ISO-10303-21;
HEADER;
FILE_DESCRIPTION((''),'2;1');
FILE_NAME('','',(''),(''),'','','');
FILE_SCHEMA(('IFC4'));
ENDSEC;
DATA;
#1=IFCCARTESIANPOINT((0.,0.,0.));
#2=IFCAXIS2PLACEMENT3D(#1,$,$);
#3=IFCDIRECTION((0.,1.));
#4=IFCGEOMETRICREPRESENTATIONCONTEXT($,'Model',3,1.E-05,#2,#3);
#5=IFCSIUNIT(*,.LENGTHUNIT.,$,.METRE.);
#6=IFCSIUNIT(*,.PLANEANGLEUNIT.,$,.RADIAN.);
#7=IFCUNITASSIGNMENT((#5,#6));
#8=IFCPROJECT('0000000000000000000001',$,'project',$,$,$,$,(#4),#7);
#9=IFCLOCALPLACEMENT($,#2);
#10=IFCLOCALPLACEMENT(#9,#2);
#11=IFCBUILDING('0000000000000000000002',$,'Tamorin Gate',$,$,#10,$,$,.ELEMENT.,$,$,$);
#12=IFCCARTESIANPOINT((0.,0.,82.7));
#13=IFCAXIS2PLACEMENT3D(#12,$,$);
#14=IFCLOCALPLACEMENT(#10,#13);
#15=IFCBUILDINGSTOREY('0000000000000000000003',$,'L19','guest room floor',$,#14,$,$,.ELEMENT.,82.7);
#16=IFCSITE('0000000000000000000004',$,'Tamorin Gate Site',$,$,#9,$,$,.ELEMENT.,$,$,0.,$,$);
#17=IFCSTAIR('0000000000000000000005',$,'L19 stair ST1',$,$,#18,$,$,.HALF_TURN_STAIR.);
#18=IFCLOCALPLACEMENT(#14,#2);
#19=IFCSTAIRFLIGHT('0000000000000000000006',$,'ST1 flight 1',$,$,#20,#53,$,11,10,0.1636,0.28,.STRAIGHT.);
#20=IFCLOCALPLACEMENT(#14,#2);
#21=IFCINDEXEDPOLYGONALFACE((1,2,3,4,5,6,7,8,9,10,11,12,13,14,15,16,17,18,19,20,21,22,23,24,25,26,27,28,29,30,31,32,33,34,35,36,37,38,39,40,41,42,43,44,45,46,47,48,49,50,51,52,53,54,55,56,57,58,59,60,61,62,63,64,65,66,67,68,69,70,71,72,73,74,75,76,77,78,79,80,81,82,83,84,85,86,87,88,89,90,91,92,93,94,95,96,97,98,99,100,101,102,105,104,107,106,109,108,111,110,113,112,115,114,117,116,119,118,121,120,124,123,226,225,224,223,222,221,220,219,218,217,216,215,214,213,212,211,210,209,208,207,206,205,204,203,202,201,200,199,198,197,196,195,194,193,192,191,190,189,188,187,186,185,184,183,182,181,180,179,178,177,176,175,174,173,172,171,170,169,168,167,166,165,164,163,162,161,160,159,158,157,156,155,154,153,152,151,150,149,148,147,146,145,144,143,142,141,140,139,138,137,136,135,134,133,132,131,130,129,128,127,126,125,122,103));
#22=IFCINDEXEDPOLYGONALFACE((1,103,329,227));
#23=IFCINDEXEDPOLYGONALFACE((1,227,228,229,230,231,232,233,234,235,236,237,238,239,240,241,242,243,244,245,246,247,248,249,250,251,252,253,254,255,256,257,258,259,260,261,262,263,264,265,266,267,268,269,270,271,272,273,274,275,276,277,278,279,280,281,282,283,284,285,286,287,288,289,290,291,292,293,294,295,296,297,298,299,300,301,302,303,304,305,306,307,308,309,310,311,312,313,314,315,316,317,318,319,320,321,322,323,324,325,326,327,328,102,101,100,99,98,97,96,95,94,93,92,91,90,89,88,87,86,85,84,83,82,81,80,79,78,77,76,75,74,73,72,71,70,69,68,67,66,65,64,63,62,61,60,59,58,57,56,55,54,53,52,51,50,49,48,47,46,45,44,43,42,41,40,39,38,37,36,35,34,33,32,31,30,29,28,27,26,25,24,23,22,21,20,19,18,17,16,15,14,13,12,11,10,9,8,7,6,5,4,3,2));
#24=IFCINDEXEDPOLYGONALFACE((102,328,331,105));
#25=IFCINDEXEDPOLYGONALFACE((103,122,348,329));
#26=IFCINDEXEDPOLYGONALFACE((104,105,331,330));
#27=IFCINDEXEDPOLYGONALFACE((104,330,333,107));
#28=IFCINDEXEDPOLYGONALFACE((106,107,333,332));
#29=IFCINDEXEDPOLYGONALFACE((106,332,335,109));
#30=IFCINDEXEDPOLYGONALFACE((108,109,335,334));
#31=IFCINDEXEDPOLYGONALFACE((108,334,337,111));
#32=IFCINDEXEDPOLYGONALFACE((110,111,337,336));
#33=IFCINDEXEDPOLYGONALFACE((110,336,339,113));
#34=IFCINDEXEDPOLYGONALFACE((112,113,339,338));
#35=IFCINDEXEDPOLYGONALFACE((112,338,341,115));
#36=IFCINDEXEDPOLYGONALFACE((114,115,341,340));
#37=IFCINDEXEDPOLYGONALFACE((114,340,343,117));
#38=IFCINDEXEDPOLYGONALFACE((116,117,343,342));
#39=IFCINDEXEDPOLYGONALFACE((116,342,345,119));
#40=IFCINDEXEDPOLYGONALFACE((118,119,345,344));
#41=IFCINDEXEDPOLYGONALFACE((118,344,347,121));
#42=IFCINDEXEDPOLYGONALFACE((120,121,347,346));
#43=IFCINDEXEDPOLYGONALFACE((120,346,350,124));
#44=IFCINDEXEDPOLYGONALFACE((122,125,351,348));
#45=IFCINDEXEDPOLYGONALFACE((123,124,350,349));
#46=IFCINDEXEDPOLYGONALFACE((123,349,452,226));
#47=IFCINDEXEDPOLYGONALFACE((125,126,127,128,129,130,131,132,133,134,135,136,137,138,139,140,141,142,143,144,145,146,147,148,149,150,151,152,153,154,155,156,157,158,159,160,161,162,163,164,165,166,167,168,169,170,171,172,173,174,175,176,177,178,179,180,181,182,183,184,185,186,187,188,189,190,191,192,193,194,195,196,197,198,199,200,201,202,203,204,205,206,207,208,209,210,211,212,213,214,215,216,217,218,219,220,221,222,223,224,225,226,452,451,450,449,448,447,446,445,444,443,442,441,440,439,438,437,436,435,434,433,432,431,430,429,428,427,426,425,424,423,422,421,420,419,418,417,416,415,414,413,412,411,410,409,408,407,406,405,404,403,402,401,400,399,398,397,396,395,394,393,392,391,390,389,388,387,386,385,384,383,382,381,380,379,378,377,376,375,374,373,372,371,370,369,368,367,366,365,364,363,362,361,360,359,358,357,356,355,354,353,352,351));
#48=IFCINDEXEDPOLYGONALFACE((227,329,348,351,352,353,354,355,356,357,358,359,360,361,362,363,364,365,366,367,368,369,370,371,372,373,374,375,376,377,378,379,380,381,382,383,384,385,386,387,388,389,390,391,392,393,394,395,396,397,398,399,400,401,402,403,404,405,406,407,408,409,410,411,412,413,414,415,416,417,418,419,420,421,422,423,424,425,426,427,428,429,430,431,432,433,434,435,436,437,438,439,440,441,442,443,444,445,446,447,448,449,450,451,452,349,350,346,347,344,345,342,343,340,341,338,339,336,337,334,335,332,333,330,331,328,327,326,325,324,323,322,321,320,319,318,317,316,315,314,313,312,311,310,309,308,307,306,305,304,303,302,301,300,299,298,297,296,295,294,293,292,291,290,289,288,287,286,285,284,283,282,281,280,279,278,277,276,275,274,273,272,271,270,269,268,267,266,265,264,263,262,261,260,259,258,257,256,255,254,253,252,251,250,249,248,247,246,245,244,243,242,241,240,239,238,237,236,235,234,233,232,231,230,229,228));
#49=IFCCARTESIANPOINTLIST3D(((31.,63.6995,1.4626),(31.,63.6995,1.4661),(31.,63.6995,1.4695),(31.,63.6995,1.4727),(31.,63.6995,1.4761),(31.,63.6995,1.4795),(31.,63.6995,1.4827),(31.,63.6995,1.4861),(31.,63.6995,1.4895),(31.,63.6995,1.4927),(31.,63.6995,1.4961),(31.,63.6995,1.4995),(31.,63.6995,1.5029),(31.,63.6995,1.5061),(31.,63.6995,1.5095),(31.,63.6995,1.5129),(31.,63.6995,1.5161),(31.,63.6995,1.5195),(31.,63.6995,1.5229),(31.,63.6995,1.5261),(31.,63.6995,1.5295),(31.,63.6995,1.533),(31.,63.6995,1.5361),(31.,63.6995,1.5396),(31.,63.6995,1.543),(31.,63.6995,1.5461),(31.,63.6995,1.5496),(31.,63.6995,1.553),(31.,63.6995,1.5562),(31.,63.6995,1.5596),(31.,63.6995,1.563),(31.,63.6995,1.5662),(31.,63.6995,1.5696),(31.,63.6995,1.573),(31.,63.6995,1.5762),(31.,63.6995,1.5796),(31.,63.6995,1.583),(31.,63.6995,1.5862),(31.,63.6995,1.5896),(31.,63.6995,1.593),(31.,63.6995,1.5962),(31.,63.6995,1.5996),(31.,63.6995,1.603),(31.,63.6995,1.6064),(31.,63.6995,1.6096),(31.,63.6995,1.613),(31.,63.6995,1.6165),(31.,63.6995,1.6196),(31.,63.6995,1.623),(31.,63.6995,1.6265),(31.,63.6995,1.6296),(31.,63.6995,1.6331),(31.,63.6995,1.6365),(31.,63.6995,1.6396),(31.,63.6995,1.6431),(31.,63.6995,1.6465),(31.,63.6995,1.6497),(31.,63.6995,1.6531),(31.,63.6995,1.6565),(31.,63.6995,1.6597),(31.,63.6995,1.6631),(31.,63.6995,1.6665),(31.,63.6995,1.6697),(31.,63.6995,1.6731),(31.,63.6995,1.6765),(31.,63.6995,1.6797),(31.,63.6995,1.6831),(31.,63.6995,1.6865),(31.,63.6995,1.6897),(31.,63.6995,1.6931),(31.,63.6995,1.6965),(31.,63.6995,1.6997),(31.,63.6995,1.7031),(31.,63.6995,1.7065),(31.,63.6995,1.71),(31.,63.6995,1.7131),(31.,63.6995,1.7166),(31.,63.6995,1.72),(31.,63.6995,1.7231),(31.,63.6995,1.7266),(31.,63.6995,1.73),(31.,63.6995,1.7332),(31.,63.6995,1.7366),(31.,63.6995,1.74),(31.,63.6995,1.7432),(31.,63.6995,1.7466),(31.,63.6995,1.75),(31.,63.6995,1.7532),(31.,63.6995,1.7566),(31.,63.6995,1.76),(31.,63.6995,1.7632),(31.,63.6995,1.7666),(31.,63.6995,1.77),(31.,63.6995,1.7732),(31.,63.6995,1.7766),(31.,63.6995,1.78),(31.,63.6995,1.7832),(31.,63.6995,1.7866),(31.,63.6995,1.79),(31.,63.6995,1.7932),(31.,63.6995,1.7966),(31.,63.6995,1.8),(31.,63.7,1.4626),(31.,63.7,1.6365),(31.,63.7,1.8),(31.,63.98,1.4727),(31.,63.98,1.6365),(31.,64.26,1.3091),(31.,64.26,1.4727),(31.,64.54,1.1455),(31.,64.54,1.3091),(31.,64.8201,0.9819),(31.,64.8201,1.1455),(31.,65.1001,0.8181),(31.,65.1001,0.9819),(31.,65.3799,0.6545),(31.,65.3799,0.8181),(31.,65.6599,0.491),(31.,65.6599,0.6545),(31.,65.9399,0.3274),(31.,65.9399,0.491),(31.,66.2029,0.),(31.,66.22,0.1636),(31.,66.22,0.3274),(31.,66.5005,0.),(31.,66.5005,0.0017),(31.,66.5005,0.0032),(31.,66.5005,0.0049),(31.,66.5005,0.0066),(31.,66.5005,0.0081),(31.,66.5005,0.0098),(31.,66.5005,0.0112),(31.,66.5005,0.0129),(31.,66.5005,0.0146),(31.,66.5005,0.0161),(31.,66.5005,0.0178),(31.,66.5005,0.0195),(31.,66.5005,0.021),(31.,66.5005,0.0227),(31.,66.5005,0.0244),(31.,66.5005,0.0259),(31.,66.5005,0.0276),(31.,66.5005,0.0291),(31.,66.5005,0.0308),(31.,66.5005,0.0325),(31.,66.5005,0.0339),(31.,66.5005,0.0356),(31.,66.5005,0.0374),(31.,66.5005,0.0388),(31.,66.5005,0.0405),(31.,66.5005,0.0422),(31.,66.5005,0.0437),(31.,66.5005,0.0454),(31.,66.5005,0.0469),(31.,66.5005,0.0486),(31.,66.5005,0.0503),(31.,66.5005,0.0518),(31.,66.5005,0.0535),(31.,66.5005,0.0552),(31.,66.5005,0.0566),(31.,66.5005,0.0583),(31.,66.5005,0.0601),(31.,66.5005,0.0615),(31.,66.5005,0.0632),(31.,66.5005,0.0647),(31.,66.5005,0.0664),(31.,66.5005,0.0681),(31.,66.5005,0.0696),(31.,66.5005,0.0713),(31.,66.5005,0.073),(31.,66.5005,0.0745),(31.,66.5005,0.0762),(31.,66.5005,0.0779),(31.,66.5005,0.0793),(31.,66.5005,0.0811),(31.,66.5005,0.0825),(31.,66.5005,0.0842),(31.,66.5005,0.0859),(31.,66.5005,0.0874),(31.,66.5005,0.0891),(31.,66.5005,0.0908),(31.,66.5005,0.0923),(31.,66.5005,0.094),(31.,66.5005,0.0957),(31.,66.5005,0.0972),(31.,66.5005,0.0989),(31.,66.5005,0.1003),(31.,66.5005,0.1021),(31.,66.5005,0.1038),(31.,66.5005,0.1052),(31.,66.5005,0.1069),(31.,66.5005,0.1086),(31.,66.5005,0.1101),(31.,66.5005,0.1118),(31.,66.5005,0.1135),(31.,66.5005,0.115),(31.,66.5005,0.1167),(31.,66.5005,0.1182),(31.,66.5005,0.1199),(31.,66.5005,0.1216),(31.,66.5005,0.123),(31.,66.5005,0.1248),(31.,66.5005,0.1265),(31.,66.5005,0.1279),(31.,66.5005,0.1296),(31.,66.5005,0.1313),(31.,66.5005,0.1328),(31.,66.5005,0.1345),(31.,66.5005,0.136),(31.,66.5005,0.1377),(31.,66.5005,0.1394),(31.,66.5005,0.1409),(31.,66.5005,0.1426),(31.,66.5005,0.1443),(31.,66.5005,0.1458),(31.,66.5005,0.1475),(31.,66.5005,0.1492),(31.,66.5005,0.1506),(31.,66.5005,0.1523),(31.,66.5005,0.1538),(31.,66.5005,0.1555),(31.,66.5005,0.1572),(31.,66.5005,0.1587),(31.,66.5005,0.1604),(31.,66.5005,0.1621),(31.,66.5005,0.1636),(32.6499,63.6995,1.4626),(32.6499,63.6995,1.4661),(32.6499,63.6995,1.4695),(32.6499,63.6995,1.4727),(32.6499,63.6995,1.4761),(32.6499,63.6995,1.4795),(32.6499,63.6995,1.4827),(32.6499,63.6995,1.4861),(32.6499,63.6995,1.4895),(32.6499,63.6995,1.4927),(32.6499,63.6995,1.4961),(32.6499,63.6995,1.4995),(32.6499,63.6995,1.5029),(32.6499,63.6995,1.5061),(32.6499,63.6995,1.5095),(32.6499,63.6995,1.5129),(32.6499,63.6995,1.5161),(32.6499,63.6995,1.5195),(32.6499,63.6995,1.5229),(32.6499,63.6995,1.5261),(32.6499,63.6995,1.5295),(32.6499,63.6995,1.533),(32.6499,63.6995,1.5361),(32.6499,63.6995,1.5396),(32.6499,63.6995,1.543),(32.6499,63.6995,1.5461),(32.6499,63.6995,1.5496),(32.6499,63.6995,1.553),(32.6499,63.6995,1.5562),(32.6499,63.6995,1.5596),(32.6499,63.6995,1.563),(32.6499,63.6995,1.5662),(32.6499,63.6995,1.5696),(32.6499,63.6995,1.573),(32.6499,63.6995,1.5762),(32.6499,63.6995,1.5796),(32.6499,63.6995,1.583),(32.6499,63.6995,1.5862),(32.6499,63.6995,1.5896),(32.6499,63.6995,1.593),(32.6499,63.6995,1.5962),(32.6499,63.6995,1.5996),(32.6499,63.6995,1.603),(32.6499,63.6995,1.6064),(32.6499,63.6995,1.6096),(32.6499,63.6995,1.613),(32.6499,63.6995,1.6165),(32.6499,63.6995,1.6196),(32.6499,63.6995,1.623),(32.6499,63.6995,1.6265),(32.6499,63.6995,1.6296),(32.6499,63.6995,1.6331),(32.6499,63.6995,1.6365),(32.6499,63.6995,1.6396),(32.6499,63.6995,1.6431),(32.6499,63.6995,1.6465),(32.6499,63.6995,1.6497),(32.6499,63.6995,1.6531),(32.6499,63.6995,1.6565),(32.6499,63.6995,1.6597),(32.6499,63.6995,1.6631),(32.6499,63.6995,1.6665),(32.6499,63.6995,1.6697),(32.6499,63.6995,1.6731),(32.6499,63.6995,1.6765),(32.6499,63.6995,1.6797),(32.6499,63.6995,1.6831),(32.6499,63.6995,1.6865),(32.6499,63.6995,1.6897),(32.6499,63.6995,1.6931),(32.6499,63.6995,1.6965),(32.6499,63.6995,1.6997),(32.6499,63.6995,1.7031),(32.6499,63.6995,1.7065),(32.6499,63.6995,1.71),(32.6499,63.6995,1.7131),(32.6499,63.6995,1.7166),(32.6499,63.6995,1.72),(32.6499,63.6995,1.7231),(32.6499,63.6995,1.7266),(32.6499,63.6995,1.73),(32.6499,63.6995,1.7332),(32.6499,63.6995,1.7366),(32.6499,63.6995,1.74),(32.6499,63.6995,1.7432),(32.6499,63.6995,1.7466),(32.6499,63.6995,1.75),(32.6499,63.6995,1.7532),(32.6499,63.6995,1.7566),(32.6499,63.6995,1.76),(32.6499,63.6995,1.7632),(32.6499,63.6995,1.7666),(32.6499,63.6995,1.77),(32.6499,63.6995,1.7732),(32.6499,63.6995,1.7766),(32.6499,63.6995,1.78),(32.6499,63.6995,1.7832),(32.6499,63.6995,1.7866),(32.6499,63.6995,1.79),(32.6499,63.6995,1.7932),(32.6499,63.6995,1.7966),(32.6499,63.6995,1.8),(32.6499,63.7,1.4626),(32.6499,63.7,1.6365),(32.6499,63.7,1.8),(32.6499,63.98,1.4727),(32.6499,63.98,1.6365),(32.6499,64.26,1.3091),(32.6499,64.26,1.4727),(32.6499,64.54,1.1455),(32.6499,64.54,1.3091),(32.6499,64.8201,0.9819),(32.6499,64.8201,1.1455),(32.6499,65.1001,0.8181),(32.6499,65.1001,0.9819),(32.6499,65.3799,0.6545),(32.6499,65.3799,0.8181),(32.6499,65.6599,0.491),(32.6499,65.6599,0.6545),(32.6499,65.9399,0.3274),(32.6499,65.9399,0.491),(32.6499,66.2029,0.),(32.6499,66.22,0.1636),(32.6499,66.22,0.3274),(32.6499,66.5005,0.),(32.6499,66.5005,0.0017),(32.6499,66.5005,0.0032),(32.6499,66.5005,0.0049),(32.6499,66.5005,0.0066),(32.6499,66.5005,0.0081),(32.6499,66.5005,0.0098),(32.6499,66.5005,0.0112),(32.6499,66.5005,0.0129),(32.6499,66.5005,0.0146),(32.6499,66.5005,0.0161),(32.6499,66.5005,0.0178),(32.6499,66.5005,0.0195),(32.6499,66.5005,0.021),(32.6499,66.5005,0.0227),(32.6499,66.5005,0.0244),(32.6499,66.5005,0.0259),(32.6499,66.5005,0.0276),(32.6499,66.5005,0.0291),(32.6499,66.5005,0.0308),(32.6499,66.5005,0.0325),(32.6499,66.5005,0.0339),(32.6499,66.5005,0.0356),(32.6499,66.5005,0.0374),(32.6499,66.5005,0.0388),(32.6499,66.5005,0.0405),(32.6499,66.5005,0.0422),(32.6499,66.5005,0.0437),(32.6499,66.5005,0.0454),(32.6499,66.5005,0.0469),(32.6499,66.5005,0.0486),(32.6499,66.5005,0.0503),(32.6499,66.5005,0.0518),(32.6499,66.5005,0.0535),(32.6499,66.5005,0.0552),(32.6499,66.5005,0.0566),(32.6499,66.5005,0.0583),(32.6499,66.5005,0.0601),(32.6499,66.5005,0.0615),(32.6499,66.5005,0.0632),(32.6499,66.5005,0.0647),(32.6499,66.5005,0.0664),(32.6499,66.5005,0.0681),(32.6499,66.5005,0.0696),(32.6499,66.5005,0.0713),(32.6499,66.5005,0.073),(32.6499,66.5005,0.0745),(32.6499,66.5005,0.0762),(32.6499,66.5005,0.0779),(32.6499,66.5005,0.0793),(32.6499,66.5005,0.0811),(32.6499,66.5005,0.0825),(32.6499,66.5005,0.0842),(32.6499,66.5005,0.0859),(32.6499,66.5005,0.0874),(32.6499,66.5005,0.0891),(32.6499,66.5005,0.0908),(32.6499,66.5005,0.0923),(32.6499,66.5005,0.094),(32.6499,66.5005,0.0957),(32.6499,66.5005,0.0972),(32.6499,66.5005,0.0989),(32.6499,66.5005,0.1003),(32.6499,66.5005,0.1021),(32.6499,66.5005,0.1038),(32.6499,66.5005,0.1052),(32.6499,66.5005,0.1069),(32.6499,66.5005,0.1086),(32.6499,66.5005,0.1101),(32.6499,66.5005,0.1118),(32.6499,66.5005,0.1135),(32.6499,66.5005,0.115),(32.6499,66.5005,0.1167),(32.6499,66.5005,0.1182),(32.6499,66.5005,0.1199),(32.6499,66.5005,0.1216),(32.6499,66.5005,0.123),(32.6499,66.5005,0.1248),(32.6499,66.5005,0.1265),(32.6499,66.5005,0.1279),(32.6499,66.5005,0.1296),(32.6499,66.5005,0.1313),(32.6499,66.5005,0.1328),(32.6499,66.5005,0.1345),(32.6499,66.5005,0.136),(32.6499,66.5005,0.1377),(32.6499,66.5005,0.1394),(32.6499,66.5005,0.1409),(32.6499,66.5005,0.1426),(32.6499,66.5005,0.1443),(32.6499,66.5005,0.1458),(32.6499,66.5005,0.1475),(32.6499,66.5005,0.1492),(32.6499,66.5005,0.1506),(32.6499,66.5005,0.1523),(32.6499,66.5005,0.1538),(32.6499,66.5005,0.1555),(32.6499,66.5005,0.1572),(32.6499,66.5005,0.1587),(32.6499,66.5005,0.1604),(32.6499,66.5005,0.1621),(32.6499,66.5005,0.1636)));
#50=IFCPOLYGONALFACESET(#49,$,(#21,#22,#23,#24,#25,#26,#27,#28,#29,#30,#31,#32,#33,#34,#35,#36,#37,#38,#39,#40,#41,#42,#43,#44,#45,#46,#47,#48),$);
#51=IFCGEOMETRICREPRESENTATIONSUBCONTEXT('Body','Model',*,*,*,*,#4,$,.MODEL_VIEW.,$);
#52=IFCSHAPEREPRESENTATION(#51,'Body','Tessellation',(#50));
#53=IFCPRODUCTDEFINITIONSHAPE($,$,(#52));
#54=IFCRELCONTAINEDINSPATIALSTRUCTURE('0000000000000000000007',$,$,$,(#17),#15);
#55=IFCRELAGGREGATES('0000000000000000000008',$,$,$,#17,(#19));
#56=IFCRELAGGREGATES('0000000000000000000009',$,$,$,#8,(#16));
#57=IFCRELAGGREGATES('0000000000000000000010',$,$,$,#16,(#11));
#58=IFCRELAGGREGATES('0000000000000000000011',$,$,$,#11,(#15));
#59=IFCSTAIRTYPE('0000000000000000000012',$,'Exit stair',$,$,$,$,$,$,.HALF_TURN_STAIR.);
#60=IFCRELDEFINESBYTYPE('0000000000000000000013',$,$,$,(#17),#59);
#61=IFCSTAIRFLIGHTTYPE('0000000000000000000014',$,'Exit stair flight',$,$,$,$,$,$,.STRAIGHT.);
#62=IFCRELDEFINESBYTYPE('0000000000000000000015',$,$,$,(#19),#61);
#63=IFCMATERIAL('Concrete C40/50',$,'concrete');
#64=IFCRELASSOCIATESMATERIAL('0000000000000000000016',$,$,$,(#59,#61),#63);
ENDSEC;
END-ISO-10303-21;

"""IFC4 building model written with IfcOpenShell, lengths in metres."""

from ifc_helpers import new_model, si_unit, direction, frame, origin, place, context, subcontext, project, spatial, polyline, outline, extrude, material, type_object, element, aggregate, save


model = new_model("IFC4")

# Units and contexts
model_context = context("Model", 3, precision=1e-05, world=origin(), true_north=direction((0.0, 1.0)))
body_context = subcontext(model_context, "Body", "Model", "MODEL_VIEW")
ifc_project = project(units=[si_unit("LENGTHUNIT", "METRE"), si_unit("PLANEANGLEUNIT", "RADIAN")], contexts=[model_context])

# Site, building, storey
site_placement = place(None, origin())
site = spatial("IfcSite", under=ifc_project, at=site_placement, Name="Tamorin Gate Site", CompositionType="ELEMENT", RefElevation=0.0)
building_placement = place(site_placement, origin())
building = spatial("IfcBuilding", under=site, at=building_placement, Name="Tamorin Gate", CompositionType="ELEMENT")
storey_placement = place(building_placement, frame((0.0, 0.0, 82.7)))
storey = spatial("IfcBuildingStorey", under=building, at=storey_placement, Name="L19", Description="guest room floor", CompositionType="ELEMENT", Elevation=82.7)

# Shared definitions
ifc_material_1 = material(Name="Concrete C40/50", Category="concrete")

# Stair, stair flight
stair_type = type_object("IfcStairType", Name="Exit stair", PredefinedType="HALF_TURN_STAIR", material=ifc_material_1)
stair_placement = place(storey_placement, origin())
stair = element("IfcStair", 1, at=stair_placement, inside=storey, type_object=stair_type, Name="L19 stair ST1", PredefinedType="HALF_TURN_STAIR")
stair_flight_type = type_object("IfcStairFlightType", Name="Exit stair flight", PredefinedType="STRAIGHT", material=ifc_material_1)
stair_flight_1_placement = place(storey_placement, frame((31.825, 66.5, 0.0), z_axis=(0.0, 0.0, 1.0), x_axis=(0.0, -1.0, 0.0)))
stair_flight_1 = element("IfcStairFlight", 2, at=stair_flight_1_placement, type_object=stair_flight_type, Name="ST1 flight 1", NumberOfRisers=11, NumberOfTreads=10, PredefinedType="STRAIGHT", RiserHeight=0.1636, TreadLength=0.28, context=body_context, shape_type="SweptSolid", body=[
    extrude(outline(polyline([(-0.0005, 0.0), (-0.0005, 0.0017), (-0.0005, 0.0032), (-0.0005, 0.0049), (-0.0005, 0.0066), (-0.0005, 0.0081), (-0.0005, 0.0098), (-0.0005, 0.0112), (-0.0005, 0.0129), (-0.0005, 0.0146), (-0.0005, 0.0161), (-0.0005, 0.0178), (-0.0005, 0.0195), (-0.0005, 0.021), (-0.0005, 0.0227), (-0.0005, 0.0244), (-0.0005, 0.0259), (-0.0005, 0.0276), (-0.0005, 0.0291), (-0.0005, 0.0308), (-0.0005, 0.0325), (-0.0005, 0.0339), (-0.0005, 0.0356), (-0.0005, 0.0374), (-0.0005, 0.0388), (-0.0005, 0.0405), (-0.0005, 0.0422), (-0.0005, 0.0437), (-0.0005, 0.0454), (-0.0005, 0.0469), (-0.0005, 0.0486), (-0.0005, 0.0503), (-0.0005, 0.0518), (-0.0005, 0.0535), (-0.0005, 0.0552), (-0.0005, 0.0566), (-0.0005, 0.0583), (-0.0005, 0.0601), (-0.0005, 0.0615), (-0.0005, 0.0632), (-0.0005, 0.0647), (-0.0005, 0.0664), (-0.0005, 0.0681), (-0.0005, 0.0696), (-0.0005, 0.0713), (-0.0005, 0.073), (-0.0005, 0.0745), (-0.0005, 0.0762), (-0.0005, 0.0779), (-0.0005, 0.0793), (-0.0005, 0.0811), (-0.0005, 0.0825), (-0.0005, 0.0842), (-0.0005, 0.0859), (-0.0005, 0.0874), (-0.0005, 0.0891), (-0.0005, 0.0908), (-0.0005, 0.0923), (-0.0005, 0.094), (-0.0005, 0.0957), (-0.0005, 0.0972), (-0.0005, 0.0989), (-0.0005, 0.1003), (-0.0005, 0.1021), (-0.0005, 0.1038), (-0.0005, 0.1052), (-0.0005, 0.1069), (-0.0005, 0.1086), (-0.0005, 0.1101), (-0.0005, 0.1118), (-0.0005, 0.1135), (-0.0005, 0.115), (-0.0005, 0.1167), (-0.0005, 0.1182), (-0.0005, 0.1199), (-0.0005, 0.1216), (-0.0005, 0.123), (-0.0005, 0.1248), (-0.0005, 0.1265), (-0.0005, 0.1279), (-0.0005, 0.1296), (-0.0005, 0.1313), (-0.0005, 0.1328), (-0.0005, 0.1345), (-0.0005, 0.136), (-0.0005, 0.1377), (-0.0005, 0.1394), (-0.0005, 0.1409), (-0.0005, 0.1426), (-0.0005, 0.1443), (-0.0005, 0.1458), (-0.0005, 0.1475), (-0.0005, 0.1492), (-0.0005, 0.1506), (-0.0005, 0.1523), (-0.0005, 0.1538), (-0.0005, 0.1555), (-0.0005, 0.1572), (-0.0005, 0.1587), (-0.0005, 0.1604), (-0.0005, 0.1621), (-0.0005, 0.1636), (0.28, 0.1636), (0.28, 0.3274), (0.5601, 0.3274), (0.5601, 0.491), (0.8401, 0.491), (0.8401, 0.6545), (1.1201, 0.6545), (1.1201, 0.8181), (1.3999, 0.8181), (1.3999, 0.9819), (1.6799, 0.9819), (1.6799, 1.1455), (1.96, 1.1455), (1.96, 1.3091), (2.24, 1.3091), (2.24, 1.4727), (2.52, 1.4727), (2.52, 1.6365), (2.8, 1.6365), (2.8, 1.8), (2.8005, 1.8), (2.8005, 1.7966), (2.8005, 1.7932), (2.8005, 1.79), (2.8005, 1.7866), (2.8005, 1.7832), (2.8005, 1.78), (2.8005, 1.7766), (2.8005, 1.7732), (2.8005, 1.77), (2.8005, 1.7666), (2.8005, 1.7632), (2.8005, 1.76), (2.8005, 1.7566), (2.8005, 1.7532), (2.8005, 1.75), (2.8005, 1.7466), (2.8005, 1.7432), (2.8005, 1.74), (2.8005, 1.7366), (2.8005, 1.7332), (2.8005, 1.73), (2.8005, 1.7266), (2.8005, 1.7231), (2.8005, 1.72), (2.8005, 1.7166), (2.8005, 1.7131), (2.8005, 1.71), (2.8005, 1.7065), (2.8005, 1.7031), (2.8005, 1.6997), (2.8005, 1.6965), (2.8005, 1.6931), (2.8005, 1.6897), (2.8005, 1.6865), (2.8005, 1.6831), (2.8005, 1.6797), (2.8005, 1.6765), (2.8005, 1.6731), (2.8005, 1.6697), (2.8005, 1.6665), (2.8005, 1.6631), (2.8005, 1.6597), (2.8005, 1.6565), (2.8005, 1.6531), (2.8005, 1.6497), (2.8005, 1.6465), (2.8005, 1.6431), (2.8005, 1.6396), (2.8005, 1.6365), (2.8005, 1.6331), (2.8005, 1.6296), (2.8005, 1.6265), (2.8005, 1.623), (2.8005, 1.6196), (2.8005, 1.6165), (2.8005, 1.613), (2.8005, 1.6096), (2.8005, 1.6064), (2.8005, 1.603), (2.8005, 1.5996), (2.8005, 1.5962), (2.8005, 1.593), (2.8005, 1.5896), (2.8005, 1.5862), (2.8005, 1.583), (2.8005, 1.5796), (2.8005, 1.5762), (2.8005, 1.573), (2.8005, 1.5696), (2.8005, 1.5662), (2.8005, 1.563), (2.8005, 1.5596), (2.8005, 1.5562), (2.8005, 1.553), (2.8005, 1.5496), (2.8005, 1.5461), (2.8005, 1.543), (2.8005, 1.5396), (2.8005, 1.5361), (2.8005, 1.533), (2.8005, 1.5295), (2.8005, 1.5261), (2.8005, 1.5229), (2.8005, 1.5195), (2.8005, 1.5161), (2.8005, 1.5129), (2.8005, 1.5095), (2.8005, 1.5061), (2.8005, 1.5029), (2.8005, 1.4995), (2.8005, 1.4961), (2.8005, 1.4927), (2.8005, 1.4895), (2.8005, 1.4861), (2.8005, 1.4827), (2.8005, 1.4795), (2.8005, 1.4761), (2.8005, 1.4727), (2.8005, 1.4695), (2.8005, 1.4661), (2.8005, 1.4626), (2.8, 1.4626), (0.2971, 0.0), (-0.0005, 0.0)])), frame((0.0, 0.825, 0.0), z_axis=(0.0, -1.0, 0.0), x_axis=(1.0, 0.0, 0.0)), (0.0, 0.0, 1.0), 1.6499),
])
aggregate(stair, [stair_flight_1])

save(model, "model.ifc")
